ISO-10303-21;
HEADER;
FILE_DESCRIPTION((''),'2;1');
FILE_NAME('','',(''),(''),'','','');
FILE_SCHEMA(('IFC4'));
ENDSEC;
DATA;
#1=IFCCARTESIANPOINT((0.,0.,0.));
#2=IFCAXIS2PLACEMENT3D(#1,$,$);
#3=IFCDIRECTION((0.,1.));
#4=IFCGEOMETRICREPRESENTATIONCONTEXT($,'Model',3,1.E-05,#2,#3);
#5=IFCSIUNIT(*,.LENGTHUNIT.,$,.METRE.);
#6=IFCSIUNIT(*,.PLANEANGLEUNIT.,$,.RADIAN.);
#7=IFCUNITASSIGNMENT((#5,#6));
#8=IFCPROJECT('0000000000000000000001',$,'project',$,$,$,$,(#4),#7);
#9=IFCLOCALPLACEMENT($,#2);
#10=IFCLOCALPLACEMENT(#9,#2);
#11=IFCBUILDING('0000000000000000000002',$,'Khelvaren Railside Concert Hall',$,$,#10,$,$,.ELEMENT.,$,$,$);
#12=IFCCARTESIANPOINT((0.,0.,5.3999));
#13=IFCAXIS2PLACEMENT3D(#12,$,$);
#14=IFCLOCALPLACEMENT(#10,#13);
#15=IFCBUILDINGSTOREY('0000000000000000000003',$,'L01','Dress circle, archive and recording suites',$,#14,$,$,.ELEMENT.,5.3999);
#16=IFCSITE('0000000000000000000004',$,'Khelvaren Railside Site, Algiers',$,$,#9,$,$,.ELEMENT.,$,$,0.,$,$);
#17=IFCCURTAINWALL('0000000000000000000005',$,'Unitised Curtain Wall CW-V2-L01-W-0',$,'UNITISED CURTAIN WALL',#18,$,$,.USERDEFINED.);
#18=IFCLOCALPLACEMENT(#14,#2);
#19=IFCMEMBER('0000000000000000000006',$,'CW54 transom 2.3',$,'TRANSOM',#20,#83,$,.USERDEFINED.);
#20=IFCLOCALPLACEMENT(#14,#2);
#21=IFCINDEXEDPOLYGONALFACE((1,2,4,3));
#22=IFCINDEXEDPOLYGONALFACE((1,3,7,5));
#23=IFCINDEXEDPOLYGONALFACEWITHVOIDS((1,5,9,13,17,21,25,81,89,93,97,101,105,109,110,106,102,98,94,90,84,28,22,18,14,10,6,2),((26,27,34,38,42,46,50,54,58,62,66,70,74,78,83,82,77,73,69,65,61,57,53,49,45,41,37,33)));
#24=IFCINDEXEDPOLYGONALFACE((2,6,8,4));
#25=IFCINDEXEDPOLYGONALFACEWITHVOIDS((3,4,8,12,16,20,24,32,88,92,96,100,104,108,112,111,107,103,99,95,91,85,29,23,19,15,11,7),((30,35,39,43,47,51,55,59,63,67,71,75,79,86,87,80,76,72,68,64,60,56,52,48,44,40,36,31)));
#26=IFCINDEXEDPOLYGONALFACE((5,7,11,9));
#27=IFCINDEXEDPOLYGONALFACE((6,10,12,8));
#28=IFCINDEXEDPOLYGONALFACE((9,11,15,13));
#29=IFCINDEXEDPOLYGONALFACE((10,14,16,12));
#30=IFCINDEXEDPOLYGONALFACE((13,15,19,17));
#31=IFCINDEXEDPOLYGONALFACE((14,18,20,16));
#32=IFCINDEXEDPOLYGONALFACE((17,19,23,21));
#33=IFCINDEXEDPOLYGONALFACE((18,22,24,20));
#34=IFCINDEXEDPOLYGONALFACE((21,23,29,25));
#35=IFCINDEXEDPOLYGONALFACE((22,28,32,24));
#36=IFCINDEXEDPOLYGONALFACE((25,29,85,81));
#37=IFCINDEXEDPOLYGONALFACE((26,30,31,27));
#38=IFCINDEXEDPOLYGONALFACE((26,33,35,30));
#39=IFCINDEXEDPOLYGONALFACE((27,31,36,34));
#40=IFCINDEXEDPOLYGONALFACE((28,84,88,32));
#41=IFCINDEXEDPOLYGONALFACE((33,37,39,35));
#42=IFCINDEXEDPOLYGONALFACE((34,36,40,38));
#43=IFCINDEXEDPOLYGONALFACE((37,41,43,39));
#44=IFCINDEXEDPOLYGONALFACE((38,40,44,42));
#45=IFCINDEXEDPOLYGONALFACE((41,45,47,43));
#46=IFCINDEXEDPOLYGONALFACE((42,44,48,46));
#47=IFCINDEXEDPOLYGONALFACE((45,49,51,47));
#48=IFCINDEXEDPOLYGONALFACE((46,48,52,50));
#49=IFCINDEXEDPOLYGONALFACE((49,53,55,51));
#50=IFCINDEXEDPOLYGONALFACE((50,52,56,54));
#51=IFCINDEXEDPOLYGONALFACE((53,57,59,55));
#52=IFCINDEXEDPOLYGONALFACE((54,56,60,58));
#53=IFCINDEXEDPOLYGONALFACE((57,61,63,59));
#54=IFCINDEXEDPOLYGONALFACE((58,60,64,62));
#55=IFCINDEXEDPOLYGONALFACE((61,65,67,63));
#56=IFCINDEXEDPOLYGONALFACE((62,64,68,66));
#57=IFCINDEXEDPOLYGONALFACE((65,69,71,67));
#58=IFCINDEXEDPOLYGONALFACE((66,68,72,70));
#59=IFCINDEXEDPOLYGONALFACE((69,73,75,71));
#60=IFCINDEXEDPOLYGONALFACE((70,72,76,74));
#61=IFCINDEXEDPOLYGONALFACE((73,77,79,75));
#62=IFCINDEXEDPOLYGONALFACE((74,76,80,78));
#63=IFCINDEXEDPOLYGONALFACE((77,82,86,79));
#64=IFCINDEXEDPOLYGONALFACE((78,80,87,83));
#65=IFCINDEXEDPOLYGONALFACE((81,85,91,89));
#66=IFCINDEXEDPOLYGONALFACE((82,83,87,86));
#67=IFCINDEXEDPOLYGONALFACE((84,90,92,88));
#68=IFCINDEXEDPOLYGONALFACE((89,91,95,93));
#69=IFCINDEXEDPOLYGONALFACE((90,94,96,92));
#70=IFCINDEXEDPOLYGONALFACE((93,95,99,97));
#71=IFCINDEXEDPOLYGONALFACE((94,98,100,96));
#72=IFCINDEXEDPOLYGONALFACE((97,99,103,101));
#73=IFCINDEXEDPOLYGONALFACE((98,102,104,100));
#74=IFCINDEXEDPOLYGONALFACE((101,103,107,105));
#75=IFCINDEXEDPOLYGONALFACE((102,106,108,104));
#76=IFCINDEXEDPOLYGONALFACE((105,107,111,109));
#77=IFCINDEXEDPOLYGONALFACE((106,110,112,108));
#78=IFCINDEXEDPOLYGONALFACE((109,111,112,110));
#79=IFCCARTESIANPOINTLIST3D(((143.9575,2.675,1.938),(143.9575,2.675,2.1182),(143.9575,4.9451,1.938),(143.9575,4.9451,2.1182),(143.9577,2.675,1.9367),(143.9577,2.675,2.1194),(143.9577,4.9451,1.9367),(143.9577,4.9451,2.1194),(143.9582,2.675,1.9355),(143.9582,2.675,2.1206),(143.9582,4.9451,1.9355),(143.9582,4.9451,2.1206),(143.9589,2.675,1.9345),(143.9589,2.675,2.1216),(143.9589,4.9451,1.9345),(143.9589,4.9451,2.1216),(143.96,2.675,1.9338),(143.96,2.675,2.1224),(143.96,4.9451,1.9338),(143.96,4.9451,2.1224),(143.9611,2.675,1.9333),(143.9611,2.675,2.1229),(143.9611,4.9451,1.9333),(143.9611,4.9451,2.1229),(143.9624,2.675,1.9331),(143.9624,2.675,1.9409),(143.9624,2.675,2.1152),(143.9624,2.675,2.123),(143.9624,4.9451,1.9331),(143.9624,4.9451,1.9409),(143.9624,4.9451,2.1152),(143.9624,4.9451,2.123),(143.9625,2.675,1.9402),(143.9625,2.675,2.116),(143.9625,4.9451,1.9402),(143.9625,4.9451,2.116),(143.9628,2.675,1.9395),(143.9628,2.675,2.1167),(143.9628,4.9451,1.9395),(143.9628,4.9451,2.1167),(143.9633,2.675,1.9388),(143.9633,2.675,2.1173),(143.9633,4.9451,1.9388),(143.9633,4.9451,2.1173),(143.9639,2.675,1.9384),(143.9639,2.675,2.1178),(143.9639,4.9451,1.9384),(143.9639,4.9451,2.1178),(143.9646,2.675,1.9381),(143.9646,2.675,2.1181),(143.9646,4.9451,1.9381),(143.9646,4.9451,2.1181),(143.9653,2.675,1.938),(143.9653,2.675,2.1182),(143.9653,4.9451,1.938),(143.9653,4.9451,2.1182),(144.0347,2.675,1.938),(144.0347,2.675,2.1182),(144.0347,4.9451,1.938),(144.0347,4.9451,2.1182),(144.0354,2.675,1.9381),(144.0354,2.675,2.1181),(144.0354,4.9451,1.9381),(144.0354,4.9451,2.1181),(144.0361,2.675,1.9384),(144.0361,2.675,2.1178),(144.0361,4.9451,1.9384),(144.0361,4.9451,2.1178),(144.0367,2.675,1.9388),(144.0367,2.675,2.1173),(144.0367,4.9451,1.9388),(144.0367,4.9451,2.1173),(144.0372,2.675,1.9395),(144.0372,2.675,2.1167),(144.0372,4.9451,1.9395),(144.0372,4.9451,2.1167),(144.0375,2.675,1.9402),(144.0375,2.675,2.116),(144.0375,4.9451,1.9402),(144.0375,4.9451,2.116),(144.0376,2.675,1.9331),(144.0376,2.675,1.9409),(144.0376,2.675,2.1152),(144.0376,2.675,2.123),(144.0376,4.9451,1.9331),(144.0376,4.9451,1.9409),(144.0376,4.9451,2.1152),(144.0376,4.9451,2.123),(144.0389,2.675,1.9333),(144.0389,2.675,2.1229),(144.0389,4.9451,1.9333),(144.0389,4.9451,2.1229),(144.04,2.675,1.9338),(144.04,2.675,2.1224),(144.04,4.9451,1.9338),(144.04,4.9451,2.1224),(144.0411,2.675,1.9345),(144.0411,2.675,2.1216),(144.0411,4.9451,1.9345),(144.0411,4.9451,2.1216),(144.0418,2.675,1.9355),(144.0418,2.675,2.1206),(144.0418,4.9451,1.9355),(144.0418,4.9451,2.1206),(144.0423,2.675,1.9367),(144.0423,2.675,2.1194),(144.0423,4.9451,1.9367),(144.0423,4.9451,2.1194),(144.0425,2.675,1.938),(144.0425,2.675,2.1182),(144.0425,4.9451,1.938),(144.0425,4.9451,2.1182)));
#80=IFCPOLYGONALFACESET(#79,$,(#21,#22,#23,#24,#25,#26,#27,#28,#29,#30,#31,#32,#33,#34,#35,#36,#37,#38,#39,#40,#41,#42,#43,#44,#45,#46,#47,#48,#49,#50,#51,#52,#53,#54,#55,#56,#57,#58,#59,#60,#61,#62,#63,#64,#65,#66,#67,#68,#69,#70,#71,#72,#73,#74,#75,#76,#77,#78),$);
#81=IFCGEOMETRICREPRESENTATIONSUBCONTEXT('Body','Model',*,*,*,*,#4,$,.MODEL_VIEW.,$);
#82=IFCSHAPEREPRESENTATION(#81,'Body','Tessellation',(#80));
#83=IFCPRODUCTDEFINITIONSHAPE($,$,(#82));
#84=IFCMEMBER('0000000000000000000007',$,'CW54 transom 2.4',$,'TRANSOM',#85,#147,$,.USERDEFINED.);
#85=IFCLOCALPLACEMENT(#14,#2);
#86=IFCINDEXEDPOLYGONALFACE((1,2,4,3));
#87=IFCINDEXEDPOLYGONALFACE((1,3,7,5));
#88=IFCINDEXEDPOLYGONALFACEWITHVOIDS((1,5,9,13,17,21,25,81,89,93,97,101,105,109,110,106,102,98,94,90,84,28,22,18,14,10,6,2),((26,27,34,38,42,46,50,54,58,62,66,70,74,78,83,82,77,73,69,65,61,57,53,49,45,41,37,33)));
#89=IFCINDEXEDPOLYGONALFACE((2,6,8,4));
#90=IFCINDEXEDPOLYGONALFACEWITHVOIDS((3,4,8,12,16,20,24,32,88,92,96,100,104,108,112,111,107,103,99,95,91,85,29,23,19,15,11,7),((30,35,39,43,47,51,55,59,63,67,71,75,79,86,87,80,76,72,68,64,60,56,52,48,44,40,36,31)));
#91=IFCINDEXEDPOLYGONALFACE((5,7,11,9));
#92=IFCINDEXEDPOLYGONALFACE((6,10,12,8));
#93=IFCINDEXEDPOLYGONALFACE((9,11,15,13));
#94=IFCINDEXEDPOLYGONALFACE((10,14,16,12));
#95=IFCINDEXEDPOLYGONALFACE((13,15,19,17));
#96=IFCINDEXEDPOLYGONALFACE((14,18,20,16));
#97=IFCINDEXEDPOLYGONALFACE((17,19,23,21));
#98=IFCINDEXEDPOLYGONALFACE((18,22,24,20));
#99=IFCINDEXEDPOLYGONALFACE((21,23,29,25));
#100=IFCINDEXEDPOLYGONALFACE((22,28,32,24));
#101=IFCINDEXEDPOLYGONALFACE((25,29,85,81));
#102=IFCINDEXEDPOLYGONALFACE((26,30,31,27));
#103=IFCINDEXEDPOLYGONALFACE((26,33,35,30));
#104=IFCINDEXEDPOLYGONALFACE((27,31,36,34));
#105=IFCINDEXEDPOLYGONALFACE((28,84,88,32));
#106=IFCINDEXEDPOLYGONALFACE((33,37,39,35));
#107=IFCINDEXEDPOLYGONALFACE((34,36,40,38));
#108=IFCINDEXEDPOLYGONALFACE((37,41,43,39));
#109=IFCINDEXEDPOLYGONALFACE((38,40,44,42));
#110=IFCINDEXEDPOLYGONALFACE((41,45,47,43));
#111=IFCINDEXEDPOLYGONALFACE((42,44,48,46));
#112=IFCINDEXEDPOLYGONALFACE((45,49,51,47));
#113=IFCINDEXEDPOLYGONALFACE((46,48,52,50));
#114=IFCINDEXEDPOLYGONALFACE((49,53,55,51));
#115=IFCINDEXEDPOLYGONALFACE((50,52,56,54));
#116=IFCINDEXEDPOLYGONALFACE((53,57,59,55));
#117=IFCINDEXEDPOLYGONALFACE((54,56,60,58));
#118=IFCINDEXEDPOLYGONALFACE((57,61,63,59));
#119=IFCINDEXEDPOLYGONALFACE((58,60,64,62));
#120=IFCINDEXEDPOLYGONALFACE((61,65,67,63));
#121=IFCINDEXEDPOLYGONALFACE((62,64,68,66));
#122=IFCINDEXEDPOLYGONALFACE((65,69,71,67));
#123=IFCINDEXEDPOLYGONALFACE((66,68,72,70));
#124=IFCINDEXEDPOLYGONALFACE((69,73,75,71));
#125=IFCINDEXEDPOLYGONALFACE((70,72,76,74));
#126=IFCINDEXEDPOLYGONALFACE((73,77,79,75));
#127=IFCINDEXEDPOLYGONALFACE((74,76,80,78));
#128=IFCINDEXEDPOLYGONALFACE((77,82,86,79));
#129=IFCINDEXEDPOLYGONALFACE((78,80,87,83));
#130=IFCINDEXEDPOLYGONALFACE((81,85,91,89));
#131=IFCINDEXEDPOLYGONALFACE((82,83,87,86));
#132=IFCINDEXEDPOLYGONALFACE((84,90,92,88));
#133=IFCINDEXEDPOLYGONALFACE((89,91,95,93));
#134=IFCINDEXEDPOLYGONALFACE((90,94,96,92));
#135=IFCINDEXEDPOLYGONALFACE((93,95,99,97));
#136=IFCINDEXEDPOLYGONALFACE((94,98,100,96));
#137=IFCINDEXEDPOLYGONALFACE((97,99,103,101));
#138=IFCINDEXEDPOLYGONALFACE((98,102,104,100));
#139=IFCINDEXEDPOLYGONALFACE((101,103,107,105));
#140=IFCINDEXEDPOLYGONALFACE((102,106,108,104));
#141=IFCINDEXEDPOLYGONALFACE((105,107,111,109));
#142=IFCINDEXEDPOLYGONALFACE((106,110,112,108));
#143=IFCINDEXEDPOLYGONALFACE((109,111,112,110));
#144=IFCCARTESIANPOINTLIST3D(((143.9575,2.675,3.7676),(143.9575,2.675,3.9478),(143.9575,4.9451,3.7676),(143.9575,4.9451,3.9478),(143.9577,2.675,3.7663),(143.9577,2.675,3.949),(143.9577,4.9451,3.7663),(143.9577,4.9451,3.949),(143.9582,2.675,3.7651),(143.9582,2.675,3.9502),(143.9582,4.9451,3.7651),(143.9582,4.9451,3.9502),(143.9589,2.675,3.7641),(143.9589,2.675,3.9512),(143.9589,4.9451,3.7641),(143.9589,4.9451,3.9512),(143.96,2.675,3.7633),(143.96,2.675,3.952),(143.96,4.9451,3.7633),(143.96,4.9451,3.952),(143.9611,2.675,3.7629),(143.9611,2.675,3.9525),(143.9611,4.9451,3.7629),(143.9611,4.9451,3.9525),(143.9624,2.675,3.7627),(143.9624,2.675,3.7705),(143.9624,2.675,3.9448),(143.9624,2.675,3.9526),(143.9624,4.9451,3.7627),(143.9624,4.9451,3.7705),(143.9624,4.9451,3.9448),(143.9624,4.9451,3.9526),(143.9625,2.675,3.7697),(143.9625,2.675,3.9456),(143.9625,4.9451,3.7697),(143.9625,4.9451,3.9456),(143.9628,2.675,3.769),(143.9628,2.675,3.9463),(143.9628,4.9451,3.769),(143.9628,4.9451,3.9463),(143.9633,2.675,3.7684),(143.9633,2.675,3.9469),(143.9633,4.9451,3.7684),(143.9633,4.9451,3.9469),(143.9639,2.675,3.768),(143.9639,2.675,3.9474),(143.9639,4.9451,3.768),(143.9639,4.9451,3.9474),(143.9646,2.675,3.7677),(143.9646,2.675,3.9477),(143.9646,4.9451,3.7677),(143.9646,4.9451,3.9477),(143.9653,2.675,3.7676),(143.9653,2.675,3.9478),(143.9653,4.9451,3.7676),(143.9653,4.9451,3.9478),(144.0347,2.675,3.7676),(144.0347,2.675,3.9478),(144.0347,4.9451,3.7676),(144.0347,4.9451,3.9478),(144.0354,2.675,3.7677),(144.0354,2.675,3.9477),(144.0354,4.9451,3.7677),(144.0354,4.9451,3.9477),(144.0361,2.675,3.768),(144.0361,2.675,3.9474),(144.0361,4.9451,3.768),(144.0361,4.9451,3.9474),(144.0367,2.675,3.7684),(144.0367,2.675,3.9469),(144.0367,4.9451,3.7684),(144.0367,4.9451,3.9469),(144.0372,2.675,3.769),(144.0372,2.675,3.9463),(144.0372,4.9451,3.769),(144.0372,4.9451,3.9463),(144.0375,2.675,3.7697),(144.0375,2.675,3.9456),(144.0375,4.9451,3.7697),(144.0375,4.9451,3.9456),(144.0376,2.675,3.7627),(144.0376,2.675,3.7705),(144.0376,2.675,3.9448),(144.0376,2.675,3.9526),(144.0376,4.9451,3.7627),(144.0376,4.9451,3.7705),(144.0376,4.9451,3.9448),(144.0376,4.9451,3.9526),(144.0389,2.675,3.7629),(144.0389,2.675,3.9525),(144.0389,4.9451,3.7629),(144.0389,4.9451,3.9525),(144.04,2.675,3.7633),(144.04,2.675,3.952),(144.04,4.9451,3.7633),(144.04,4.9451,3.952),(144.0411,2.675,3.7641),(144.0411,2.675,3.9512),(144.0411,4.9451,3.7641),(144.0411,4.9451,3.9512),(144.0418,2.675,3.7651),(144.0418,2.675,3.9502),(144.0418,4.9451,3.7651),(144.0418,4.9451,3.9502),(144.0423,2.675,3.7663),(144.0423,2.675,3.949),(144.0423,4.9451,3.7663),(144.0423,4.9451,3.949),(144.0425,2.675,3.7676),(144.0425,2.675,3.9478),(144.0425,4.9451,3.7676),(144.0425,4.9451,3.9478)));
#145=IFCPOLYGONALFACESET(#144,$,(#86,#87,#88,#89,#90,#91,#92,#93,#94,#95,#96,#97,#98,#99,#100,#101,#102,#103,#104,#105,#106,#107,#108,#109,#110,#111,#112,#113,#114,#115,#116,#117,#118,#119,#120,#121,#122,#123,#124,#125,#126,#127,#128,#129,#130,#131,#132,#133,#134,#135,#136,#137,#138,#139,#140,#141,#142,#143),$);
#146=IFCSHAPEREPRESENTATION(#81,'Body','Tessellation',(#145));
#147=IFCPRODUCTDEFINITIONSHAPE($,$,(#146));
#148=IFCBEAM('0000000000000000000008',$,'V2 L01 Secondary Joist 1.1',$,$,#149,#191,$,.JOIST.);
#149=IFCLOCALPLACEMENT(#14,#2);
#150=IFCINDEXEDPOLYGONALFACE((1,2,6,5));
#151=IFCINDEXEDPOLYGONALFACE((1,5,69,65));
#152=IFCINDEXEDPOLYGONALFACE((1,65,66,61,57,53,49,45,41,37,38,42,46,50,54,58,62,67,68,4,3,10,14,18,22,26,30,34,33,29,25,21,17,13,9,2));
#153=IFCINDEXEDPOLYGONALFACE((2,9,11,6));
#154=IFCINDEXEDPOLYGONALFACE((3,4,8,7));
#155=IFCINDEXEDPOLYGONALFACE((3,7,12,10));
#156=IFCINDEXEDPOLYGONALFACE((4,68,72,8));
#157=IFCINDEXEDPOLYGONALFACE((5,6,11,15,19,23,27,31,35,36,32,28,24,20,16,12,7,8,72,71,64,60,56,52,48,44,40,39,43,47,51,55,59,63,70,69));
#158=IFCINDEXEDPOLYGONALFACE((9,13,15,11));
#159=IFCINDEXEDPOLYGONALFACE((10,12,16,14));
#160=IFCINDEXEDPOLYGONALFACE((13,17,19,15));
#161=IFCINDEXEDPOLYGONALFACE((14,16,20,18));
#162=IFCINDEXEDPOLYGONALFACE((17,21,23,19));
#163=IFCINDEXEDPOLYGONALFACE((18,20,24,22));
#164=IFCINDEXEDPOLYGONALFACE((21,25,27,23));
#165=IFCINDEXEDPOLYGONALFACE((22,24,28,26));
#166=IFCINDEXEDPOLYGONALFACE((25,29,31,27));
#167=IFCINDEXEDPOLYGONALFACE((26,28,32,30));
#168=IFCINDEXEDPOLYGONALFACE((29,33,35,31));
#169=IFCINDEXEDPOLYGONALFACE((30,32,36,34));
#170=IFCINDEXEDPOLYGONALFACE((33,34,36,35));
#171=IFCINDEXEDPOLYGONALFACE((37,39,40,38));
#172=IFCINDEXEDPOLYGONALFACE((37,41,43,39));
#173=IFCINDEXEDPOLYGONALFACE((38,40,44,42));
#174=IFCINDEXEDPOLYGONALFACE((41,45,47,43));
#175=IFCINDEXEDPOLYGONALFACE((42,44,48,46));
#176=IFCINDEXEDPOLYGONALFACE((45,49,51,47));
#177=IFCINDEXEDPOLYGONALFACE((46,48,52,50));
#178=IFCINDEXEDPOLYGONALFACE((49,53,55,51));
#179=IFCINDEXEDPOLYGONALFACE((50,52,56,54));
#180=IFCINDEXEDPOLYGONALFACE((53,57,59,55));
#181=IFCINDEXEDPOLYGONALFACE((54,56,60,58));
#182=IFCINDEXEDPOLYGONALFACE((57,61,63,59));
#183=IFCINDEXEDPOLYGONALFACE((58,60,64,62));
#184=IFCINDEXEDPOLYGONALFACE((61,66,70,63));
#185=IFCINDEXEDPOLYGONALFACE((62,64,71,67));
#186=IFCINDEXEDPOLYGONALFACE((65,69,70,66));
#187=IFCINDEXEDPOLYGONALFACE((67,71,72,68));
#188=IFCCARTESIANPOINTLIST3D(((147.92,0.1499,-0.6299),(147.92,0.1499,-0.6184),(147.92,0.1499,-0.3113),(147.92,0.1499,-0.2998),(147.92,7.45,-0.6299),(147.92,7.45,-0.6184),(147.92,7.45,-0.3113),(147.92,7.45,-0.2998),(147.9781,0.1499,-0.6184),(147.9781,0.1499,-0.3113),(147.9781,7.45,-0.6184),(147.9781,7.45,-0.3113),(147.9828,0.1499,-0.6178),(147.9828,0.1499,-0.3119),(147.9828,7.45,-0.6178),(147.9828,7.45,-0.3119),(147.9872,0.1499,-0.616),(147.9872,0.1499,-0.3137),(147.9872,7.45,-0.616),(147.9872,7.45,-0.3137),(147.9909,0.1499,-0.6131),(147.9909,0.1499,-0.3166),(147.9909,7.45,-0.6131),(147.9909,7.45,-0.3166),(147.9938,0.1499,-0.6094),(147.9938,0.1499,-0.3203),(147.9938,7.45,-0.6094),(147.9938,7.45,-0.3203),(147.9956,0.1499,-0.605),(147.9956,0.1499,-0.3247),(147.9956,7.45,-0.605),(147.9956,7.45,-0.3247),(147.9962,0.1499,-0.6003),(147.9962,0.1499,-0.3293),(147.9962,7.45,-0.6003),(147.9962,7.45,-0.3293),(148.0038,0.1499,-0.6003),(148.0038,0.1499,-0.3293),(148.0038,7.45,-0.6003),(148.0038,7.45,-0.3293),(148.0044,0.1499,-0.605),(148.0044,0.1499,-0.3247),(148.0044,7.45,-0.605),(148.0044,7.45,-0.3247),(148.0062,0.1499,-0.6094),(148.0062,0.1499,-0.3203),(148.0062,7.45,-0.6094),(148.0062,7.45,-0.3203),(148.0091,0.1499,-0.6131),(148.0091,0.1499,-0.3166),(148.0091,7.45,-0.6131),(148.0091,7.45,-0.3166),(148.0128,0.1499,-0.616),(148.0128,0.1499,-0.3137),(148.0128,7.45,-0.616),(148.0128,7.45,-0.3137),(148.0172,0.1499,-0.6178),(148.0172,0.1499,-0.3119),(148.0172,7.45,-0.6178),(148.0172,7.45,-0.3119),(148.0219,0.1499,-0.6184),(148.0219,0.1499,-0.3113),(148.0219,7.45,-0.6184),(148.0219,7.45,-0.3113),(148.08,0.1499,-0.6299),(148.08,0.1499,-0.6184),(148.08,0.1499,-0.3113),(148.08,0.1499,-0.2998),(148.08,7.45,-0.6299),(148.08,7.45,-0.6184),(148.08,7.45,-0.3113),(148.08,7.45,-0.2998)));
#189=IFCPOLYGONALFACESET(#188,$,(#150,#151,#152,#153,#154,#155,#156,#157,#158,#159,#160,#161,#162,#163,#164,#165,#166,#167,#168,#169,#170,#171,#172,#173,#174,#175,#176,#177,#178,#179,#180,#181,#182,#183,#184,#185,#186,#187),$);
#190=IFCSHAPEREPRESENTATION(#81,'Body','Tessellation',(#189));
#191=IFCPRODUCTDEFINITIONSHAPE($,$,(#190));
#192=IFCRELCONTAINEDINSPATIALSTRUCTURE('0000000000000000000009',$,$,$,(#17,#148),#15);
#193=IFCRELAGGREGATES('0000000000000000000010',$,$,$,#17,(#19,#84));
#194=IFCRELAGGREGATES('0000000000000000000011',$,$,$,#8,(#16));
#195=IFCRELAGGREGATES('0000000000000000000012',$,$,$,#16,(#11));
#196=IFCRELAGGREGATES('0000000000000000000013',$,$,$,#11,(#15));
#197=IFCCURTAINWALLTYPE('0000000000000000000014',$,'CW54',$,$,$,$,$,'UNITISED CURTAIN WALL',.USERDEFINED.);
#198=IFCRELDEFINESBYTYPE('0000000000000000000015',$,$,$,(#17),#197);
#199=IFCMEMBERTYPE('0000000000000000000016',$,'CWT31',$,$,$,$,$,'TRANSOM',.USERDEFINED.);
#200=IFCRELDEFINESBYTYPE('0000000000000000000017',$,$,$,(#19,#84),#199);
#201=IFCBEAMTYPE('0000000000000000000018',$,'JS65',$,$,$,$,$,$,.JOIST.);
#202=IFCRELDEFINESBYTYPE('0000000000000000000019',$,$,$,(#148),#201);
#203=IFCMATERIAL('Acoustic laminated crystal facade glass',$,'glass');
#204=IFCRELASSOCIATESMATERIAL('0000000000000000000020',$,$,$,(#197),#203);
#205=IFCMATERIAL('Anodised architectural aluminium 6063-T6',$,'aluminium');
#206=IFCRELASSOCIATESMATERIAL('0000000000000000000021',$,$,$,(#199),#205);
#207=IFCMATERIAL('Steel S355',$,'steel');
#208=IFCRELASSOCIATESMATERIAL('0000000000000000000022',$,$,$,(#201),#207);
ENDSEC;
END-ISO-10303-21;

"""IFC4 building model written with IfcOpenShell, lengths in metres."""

from ifc_helpers import new_model, si_unit, direction, frame, origin, origin_2d, place, context, subcontext, project, spatial, hollow_rectangle, i_section, extrude, material, material_profile, profile_set, type_object, element, aggregate, save


model = new_model("IFC4")

# Units and contexts
model_context = context("Model", 3, precision=1e-05, world=origin(), true_north=direction((0.0, 1.0)))
body_context = subcontext(model_context, "Body", "Model", "MODEL_VIEW")
ifc_project = project(units=[si_unit("LENGTHUNIT", "METRE"), si_unit("PLANEANGLEUNIT", "RADIAN")], contexts=[model_context])

# Site, building, storey
site_placement = place(None, origin())
site = spatial("IfcSite", under=ifc_project, at=site_placement, Name="Khelvaren Railside Site, Algiers", CompositionType="ELEMENT", RefElevation=0.0)
building_placement = place(site_placement, origin())
building = spatial("IfcBuilding", under=site, at=building_placement, Name="Khelvaren Railside Concert Hall", CompositionType="ELEMENT")
storey_placement = place(building_placement, frame((0.0, 0.0, 5.3999)))
storey = spatial("IfcBuildingStorey", under=building, at=storey_placement, Name="L01", Description="Dress circle, archive and recording suites", CompositionType="ELEMENT", Elevation=5.3999)

# Shared definitions
ifc_material_1 = material(Name="Steel S355", Category="steel")

# Curtain wall, members
ifc_material_2 = material(Name="Acoustic laminated crystal facade glass", Category="glass")
curtain_wall_type = type_object("IfcCurtainWallType", Name="CW54", ElementType="UNITISED CURTAIN WALL", PredefinedType="USERDEFINED", material=ifc_material_2)
curtain_wall_placement = place(storey_placement, origin())
curtain_wall = element("IfcCurtainWall", 1, at=curtain_wall_placement, inside=storey, type_object=curtain_wall_type, Name="Unitised Curtain Wall CW-V2-L01-W-0", ObjectType="UNITISED CURTAIN WALL", PredefinedType="USERDEFINED")
ifc_material_3 = material(Name="Anodised architectural aluminium 6063-T6", Category="aluminium")
ifc_material_profile_1 = material_profile(ifc_material_3, hollow_rectangle(XDim=0.085, YDim=0.1899, WallThickness=0.0049, InnerFilletRadius=0.0029, OuterFilletRadius=0.0049, at=origin_2d()), Name="CWT 85x190x5")
ifc_profile_set_1 = profile_set([ifc_material_profile_1], Name="Anodised architectural aluminium 6063-T6")
member_type_1 = type_object("IfcMemberType", Name="CWT31", ElementType="TRANSOM", PredefinedType="USERDEFINED", material=ifc_profile_set_1)
member_1_placement = place(storey_placement, frame((144.0, 2.675, 2.0281), z_axis=(0.0, 1.0, 0.0), x_axis=(-1.0, 0.0, 0.0)))
member_1 = element("IfcMember", 2, at=member_1_placement, type_object=member_type_1, Name="CW54 transom 2.3", ObjectType="TRANSOM", PredefinedType="USERDEFINED", context=body_context, shape_type="SweptSolid", body=[
    extrude(hollow_rectangle(XDim=0.085, YDim=0.1899, WallThickness=0.0049, InnerFilletRadius=0.0029, OuterFilletRadius=0.0049, at=origin_2d()), origin(), (0.0, 0.0, 1.0), 2.27),
])
member_2_placement = place(storey_placement, frame((144.0, 2.675, 3.8577), z_axis=(0.0, 1.0, 0.0), x_axis=(-1.0, 0.0, 0.0)))
member_2 = element("IfcMember", 3, at=member_2_placement, type_object=member_type_1, Name="CW54 transom 2.4", ObjectType="TRANSOM", PredefinedType="USERDEFINED", context=body_context, shape_type="SweptSolid", body=[
    extrude(hollow_rectangle(XDim=0.085, YDim=0.1899, WallThickness=0.0049, InnerFilletRadius=0.0029, OuterFilletRadius=0.0049, at=origin_2d()), origin(), (0.0, 0.0, 1.0), 2.27),
])

# Beam
ifc_material_profile_2 = material_profile(ifc_material_1, i_section(OverallWidth=0.1599, OverallDepth=0.3301, WebThickness=0.0076, FlangeThickness=0.0115, FilletRadius=0.0181, at=origin_2d()), Name="IPE 330")
ifc_profile_set_2 = profile_set([ifc_material_profile_2], Name="Steel S355")
beam_type_1 = type_object("IfcBeamType", Name="JS65", PredefinedType="JOIST", material=ifc_profile_set_2)
beam_1_placement = place(storey_placement, frame((148.0, 0.1499, -0.4648), z_axis=(0.0, 1.0, 0.0), x_axis=(-1.0, 0.0, 0.0)))
element("IfcBeam", 4, at=beam_1_placement, inside=storey, type_object=beam_type_1, Name="V2 L01 Secondary Joist 1.1", PredefinedType="JOIST", context=body_context, shape_type="SweptSolid", body=[
    extrude(i_section(OverallWidth=0.1599, OverallDepth=0.3301, WebThickness=0.0076, FlangeThickness=0.0115, FilletRadius=0.0181, at=origin_2d()), origin(), (0.0, 0.0, 1.0), 7.3),
])

aggregate(curtain_wall, [member_1, member_2])

save(model, "model.ifc")
